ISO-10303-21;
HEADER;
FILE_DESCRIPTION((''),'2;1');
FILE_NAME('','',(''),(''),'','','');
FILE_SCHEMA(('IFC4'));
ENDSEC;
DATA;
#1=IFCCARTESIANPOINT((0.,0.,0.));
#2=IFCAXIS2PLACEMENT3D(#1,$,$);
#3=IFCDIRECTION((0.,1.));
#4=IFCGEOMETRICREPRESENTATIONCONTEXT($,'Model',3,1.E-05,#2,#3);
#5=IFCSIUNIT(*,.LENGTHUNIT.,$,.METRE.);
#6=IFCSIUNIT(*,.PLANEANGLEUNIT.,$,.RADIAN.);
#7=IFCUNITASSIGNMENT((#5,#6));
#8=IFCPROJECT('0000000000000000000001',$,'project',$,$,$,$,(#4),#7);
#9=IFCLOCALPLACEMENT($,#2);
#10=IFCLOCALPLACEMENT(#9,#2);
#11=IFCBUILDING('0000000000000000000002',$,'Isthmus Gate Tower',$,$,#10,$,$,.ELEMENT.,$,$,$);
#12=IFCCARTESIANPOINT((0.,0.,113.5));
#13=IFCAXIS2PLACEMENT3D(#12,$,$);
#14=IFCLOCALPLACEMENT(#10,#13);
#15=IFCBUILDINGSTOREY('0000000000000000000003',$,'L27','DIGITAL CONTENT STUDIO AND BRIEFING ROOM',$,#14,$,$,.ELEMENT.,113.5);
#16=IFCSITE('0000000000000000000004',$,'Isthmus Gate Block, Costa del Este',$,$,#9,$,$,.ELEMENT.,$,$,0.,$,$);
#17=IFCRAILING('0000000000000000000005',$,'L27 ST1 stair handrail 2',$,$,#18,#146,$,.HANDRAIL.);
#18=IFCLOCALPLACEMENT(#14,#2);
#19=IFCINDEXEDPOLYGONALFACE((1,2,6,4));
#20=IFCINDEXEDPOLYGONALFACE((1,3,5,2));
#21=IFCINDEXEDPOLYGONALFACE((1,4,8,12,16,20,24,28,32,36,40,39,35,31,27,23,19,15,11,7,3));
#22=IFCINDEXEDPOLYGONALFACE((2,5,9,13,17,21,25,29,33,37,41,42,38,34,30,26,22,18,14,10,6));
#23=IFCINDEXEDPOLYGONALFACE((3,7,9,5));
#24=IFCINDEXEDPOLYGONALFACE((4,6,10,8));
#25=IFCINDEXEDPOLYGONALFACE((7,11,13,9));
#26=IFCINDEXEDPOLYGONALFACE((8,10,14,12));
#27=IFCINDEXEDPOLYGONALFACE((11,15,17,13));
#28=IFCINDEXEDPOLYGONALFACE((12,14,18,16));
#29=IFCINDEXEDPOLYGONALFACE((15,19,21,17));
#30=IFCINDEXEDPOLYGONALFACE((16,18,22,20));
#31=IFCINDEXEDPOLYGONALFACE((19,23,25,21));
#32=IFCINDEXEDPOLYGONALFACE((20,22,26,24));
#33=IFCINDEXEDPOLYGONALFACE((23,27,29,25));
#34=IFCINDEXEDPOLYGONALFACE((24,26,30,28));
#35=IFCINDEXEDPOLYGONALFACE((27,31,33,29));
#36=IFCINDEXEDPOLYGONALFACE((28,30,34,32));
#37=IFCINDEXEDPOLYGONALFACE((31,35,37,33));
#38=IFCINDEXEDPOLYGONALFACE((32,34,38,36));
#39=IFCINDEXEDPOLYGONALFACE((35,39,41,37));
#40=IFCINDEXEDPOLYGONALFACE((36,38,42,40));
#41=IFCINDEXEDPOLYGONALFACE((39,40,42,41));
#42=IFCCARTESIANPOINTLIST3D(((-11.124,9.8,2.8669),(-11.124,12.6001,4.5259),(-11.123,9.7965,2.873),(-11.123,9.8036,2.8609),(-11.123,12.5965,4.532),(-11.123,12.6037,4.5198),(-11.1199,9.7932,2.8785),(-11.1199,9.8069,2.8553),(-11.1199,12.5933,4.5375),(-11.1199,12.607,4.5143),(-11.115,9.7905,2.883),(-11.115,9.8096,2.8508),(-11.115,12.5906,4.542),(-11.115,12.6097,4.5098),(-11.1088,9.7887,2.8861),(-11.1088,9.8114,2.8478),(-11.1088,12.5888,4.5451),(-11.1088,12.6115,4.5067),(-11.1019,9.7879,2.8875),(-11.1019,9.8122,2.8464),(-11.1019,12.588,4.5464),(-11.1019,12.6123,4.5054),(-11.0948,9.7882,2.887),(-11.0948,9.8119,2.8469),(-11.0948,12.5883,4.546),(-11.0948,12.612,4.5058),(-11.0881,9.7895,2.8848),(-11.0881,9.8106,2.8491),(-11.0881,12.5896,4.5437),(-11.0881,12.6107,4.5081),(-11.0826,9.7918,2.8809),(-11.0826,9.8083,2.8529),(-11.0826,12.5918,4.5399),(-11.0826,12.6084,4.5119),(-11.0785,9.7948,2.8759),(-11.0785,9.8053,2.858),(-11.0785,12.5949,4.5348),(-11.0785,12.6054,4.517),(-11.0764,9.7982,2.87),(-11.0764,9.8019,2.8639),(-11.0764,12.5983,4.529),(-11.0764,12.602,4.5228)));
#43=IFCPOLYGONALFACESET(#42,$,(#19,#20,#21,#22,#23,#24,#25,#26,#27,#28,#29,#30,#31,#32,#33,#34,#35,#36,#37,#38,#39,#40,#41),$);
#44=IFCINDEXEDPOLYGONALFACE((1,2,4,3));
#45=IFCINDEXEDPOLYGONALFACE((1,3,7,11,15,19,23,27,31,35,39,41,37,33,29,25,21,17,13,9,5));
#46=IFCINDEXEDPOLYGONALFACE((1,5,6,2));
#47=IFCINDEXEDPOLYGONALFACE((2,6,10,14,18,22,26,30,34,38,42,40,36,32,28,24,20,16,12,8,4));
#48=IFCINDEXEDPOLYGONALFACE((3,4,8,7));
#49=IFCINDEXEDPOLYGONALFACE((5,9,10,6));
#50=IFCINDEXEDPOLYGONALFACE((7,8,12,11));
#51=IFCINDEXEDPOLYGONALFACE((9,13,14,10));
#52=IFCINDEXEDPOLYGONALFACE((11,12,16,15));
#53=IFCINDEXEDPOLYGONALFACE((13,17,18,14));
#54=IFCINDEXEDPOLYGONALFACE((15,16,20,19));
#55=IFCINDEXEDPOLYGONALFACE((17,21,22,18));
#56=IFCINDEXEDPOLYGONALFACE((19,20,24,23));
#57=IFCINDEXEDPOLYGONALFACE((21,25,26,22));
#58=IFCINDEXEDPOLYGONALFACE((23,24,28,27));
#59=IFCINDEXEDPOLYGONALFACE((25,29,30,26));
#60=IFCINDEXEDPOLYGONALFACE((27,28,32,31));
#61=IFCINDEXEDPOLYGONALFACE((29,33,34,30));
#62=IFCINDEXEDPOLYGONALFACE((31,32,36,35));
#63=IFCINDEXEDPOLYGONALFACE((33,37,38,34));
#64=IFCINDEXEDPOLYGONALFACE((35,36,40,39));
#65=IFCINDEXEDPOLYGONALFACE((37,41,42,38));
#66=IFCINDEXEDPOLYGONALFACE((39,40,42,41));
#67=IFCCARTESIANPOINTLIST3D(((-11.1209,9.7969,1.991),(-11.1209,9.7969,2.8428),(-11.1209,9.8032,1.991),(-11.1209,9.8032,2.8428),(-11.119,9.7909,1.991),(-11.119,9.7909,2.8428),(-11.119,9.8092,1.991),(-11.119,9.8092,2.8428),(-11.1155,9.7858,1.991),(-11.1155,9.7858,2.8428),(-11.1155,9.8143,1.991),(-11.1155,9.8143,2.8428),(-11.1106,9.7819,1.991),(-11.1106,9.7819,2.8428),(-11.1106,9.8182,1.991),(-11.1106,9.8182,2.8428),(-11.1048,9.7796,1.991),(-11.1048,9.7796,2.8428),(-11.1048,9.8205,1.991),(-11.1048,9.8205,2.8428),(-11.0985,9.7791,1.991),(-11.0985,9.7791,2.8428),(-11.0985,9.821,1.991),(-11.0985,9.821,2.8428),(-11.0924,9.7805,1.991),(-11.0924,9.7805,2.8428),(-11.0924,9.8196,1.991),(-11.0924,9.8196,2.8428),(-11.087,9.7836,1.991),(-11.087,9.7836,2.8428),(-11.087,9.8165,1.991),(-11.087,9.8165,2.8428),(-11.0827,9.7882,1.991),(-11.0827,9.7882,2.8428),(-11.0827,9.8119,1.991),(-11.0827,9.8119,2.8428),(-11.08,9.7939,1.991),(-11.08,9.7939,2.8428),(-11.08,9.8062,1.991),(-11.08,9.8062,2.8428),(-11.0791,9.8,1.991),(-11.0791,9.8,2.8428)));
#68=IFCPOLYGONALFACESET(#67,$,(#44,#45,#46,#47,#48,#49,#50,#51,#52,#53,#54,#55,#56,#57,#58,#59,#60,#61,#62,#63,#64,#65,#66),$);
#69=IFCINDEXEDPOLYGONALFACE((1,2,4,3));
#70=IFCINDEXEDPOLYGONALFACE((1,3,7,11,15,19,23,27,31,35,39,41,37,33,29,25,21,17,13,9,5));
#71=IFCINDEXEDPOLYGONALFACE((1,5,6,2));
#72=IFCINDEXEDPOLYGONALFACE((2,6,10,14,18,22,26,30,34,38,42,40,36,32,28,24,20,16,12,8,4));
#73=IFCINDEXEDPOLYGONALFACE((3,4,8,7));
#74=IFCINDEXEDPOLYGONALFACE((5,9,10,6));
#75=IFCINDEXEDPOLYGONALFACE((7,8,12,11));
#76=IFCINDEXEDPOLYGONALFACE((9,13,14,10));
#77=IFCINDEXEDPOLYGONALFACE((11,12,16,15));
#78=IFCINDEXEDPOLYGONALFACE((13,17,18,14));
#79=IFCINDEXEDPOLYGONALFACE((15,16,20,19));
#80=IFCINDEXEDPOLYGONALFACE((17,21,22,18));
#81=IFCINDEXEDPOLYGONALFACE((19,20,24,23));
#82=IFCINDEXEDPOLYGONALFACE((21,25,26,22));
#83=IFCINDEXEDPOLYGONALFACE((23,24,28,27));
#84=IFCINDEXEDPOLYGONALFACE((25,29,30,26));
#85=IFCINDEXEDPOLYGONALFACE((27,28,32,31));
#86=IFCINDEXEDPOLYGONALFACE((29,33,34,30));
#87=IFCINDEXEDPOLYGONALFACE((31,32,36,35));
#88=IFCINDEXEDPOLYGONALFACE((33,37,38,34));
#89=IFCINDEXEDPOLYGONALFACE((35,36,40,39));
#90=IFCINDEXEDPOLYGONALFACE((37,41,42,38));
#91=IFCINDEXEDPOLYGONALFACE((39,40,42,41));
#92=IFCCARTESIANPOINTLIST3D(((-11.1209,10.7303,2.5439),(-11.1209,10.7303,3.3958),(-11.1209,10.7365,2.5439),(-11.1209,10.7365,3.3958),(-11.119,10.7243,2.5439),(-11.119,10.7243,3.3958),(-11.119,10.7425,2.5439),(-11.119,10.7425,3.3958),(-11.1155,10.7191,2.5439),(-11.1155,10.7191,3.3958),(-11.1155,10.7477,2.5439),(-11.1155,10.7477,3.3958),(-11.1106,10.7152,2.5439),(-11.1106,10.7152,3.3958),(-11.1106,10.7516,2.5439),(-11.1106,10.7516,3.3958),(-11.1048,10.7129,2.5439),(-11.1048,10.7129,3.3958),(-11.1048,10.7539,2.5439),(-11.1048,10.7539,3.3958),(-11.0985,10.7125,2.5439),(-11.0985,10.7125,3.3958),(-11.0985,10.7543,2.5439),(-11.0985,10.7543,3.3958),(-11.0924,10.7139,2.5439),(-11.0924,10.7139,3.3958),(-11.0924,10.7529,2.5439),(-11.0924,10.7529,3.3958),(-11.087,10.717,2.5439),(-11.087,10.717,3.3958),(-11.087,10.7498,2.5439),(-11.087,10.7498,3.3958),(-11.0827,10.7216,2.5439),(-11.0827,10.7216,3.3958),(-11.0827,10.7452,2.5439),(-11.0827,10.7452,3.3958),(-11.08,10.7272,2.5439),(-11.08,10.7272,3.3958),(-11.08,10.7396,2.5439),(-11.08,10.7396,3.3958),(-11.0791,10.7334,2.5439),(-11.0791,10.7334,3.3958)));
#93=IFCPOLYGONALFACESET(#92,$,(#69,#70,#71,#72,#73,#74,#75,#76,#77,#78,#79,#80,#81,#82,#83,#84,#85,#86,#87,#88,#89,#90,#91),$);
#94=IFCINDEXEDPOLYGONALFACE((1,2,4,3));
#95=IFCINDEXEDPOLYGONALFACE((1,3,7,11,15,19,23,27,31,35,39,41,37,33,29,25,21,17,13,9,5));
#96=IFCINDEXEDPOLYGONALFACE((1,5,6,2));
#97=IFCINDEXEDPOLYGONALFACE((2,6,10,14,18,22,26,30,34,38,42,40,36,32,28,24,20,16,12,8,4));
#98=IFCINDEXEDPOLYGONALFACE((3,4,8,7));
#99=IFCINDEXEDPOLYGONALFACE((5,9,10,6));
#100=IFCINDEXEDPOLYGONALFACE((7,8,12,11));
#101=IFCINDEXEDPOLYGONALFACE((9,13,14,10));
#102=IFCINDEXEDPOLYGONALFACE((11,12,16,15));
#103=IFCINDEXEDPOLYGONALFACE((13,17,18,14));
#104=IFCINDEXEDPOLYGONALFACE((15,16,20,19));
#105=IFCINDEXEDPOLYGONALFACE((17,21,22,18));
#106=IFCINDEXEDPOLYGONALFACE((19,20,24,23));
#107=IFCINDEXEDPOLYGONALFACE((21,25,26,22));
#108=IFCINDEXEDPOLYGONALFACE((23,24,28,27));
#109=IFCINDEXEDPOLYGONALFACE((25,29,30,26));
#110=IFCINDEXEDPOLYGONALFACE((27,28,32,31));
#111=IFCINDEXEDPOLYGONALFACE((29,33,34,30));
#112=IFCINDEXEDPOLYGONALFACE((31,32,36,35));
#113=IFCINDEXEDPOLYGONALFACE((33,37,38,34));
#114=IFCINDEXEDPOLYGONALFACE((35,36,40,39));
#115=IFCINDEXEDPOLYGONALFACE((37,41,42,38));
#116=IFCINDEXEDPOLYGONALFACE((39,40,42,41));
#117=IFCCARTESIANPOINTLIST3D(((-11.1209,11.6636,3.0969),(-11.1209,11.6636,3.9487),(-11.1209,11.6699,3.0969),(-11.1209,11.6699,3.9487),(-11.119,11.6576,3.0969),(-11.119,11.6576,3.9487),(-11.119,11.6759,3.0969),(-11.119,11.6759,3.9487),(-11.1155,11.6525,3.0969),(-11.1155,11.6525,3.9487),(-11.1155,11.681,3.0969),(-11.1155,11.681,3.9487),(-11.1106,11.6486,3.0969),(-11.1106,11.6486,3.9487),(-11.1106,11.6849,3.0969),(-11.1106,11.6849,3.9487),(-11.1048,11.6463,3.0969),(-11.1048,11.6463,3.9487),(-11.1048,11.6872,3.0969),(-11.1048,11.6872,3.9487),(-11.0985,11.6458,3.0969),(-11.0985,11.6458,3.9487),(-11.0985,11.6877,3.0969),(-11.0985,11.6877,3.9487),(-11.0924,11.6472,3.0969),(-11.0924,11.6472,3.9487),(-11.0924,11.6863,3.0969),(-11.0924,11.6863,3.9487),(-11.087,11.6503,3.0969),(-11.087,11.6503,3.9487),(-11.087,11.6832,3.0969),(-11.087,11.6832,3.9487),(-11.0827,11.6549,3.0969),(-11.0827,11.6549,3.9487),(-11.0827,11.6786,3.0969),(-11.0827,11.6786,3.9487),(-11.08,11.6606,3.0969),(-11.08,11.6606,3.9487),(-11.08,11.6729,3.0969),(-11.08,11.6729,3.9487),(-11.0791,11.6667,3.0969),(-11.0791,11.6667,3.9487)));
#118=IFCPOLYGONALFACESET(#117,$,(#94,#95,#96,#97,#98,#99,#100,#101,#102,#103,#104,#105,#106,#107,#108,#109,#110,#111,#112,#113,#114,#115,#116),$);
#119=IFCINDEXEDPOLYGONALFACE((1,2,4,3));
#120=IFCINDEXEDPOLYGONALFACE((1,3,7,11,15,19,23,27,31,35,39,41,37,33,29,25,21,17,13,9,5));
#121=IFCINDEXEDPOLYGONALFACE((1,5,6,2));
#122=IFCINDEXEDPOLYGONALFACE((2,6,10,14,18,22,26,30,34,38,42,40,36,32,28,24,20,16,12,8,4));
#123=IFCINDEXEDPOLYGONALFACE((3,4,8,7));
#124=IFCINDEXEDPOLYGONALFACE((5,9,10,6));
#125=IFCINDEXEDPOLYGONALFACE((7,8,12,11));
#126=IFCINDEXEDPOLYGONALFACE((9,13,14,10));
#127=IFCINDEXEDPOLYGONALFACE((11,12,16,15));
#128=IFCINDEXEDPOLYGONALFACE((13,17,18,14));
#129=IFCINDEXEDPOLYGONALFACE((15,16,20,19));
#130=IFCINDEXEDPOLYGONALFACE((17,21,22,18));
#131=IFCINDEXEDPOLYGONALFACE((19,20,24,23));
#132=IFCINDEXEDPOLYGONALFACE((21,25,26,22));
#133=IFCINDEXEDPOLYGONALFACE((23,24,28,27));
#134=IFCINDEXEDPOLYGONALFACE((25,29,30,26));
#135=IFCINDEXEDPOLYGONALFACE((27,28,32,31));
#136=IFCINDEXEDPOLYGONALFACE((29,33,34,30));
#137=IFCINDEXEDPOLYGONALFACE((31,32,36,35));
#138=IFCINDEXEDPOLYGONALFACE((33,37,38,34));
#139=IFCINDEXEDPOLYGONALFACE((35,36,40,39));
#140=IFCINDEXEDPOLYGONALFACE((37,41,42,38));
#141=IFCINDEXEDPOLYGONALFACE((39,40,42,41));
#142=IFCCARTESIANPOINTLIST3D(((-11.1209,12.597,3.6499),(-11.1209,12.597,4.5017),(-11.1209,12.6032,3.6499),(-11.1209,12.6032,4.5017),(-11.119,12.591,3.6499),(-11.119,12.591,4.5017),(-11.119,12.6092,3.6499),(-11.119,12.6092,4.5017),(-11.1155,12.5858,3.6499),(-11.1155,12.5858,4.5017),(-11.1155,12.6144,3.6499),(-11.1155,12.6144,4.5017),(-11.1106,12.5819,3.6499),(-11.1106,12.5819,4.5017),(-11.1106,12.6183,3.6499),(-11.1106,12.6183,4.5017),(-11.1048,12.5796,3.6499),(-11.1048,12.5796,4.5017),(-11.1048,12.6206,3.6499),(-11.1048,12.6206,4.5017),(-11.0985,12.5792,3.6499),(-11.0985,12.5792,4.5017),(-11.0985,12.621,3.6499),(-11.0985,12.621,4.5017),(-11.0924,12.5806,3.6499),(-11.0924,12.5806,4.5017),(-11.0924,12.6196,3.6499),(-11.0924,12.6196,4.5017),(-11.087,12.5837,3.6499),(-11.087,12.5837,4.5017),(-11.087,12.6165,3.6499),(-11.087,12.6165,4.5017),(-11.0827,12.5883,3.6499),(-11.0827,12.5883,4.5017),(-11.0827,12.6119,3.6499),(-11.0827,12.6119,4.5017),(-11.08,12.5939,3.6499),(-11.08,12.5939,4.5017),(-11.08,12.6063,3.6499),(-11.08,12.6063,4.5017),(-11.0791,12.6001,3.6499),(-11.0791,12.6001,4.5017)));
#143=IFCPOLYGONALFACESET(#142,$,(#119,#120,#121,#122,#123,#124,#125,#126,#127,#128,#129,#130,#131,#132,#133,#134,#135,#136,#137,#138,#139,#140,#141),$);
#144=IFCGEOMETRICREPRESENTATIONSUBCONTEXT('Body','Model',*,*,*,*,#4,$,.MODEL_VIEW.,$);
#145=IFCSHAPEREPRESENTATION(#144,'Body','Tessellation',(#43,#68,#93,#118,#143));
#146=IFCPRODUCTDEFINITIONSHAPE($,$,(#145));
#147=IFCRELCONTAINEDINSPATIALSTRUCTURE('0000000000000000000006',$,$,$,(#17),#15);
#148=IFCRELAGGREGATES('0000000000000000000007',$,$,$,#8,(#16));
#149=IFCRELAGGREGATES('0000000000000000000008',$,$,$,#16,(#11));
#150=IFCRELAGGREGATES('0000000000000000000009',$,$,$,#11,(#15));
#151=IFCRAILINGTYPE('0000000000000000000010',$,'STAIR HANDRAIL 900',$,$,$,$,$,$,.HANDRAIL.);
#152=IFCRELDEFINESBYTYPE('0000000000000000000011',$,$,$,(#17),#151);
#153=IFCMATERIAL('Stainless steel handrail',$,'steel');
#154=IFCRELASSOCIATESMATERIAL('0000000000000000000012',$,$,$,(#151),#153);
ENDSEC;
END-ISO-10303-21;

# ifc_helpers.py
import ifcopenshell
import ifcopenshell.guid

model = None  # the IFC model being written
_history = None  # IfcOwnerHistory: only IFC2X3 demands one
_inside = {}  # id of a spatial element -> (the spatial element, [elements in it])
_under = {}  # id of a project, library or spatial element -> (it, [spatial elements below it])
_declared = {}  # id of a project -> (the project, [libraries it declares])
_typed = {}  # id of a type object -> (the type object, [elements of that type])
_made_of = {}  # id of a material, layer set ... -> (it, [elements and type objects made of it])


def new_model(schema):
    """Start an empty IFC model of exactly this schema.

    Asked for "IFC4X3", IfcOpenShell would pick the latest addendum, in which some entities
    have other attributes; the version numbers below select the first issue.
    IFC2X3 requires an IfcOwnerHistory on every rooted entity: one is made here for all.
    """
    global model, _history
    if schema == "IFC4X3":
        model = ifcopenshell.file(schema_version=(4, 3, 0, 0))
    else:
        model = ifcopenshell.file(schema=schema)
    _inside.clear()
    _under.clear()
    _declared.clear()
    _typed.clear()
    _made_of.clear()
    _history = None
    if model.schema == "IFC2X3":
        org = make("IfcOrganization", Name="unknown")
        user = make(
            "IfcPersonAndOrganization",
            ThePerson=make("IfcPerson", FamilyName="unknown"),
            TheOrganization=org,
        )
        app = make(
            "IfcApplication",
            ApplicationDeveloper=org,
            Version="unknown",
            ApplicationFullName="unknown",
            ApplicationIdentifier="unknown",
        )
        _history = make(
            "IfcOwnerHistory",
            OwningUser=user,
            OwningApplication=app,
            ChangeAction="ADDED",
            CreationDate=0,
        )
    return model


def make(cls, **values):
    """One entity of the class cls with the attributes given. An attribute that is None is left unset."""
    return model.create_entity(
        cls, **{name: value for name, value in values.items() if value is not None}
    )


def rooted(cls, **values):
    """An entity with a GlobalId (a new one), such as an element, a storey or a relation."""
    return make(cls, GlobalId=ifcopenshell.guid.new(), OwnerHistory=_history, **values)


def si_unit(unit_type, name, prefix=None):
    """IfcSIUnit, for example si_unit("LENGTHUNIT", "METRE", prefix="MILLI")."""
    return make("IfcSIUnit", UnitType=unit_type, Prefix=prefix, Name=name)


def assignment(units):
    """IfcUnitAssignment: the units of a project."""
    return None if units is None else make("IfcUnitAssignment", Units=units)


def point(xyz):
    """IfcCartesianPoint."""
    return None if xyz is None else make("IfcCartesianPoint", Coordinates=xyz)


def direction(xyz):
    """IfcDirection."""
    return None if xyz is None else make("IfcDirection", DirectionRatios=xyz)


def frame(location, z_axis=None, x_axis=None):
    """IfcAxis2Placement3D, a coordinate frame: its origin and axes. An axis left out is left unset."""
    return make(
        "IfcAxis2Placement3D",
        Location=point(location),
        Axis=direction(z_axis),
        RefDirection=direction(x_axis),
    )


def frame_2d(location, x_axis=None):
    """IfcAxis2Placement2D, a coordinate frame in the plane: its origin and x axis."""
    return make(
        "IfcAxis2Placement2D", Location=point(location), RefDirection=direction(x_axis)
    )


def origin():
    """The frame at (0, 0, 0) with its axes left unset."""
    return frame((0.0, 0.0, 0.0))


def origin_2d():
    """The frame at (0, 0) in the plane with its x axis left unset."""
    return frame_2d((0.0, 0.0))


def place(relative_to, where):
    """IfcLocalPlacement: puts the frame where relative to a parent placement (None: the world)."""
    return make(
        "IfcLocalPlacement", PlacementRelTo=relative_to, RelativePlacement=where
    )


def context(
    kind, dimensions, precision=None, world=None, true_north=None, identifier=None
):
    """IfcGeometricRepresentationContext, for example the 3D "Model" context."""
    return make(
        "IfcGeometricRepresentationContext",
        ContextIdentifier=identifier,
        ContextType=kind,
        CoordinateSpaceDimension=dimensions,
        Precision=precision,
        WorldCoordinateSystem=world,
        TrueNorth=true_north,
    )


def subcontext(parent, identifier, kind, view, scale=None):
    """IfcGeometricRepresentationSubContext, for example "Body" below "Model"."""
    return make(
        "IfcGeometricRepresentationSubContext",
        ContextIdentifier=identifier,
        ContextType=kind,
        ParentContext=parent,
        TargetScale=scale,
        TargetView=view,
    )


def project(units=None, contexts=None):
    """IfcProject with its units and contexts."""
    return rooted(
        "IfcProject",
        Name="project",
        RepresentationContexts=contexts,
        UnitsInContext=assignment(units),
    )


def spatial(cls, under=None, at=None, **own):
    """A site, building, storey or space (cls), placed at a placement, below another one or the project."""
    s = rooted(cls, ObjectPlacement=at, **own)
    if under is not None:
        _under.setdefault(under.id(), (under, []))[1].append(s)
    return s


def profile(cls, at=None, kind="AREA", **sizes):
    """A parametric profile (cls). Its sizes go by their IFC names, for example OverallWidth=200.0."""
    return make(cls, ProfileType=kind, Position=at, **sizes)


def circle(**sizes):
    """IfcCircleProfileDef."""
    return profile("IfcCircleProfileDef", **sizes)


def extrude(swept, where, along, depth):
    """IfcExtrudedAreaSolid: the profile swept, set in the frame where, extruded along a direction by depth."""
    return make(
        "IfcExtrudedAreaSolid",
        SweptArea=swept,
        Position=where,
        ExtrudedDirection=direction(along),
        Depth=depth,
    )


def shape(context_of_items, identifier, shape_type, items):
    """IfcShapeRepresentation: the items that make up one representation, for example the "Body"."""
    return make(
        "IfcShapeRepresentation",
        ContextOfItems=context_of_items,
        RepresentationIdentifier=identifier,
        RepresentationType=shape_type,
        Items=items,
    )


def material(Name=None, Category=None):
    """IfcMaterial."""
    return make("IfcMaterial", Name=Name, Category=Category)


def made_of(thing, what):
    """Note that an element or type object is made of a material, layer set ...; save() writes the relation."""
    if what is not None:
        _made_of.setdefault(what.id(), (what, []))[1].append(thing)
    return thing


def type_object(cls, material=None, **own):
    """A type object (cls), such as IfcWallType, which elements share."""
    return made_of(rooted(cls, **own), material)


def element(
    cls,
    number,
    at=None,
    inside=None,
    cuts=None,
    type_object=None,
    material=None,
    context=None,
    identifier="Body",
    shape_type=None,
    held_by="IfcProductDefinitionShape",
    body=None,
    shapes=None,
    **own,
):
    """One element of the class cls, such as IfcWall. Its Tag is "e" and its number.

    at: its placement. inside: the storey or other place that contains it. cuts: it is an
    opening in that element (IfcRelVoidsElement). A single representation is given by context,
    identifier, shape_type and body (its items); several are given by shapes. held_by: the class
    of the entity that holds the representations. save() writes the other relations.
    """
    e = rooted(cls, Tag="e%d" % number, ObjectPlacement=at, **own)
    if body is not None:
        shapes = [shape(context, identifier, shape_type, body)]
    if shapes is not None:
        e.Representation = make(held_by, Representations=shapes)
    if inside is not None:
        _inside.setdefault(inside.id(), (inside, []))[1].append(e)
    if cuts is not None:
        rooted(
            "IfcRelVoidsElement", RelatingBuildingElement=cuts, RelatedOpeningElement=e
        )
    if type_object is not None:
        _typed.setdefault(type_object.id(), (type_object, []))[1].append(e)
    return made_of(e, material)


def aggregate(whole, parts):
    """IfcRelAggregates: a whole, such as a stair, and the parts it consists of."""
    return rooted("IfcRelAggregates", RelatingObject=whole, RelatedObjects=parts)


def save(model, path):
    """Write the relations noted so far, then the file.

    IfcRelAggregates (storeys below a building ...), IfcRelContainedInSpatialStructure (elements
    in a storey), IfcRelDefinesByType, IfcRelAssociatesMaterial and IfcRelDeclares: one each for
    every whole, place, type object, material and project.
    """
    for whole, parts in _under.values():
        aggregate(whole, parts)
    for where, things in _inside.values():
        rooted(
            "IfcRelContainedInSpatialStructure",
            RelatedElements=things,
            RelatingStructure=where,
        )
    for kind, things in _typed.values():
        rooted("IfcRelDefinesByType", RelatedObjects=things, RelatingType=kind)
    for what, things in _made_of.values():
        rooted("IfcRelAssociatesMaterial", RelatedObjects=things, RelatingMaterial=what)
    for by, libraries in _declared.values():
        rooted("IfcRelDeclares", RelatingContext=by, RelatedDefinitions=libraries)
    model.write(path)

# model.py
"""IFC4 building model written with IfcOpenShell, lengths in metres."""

from ifc_helpers import new_model, si_unit, direction, frame, origin, origin_2d, place, context, subcontext, project, spatial, circle, extrude, material, type_object, element, save


model = new_model("IFC4")

# Units and contexts
model_context = context("Model", 3, precision=1e-05, world=origin(), true_north=direction((0.0, 1.0)))
body_context = subcontext(model_context, "Body", "Model", "MODEL_VIEW")
ifc_project = project(units=[si_unit("LENGTHUNIT", "METRE"), si_unit("PLANEANGLEUNIT", "RADIAN")], contexts=[model_context])

# Site, building, storey
site_placement = place(None, origin())
site = spatial("IfcSite", under=ifc_project, at=site_placement, Name="Isthmus Gate Block, Costa del Este", CompositionType="ELEMENT", RefElevation=0.0)
building_placement = place(site_placement, origin())
building = spatial("IfcBuilding", under=site, at=building_placement, Name="Isthmus Gate Tower", CompositionType="ELEMENT")
storey_placement = place(building_placement, frame((0.0, 0.0, 113.5)))
storey = spatial("IfcBuildingStorey", under=building, at=storey_placement, Name="L27", Description="DIGITAL CONTENT STUDIO AND BRIEFING ROOM", CompositionType="ELEMENT", Elevation=113.5)

# Railing
ifc_material_1 = material(Name="Stainless steel handrail", Category="steel")
railing_type_1 = type_object("IfcRailingType", Name="STAIR HANDRAIL 900", PredefinedType="HANDRAIL", material=ifc_material_1)
railing_1_placement = place(storey_placement, frame((-11.1001, 9.8, 1.991)))
element("IfcRailing", 1, at=railing_1_placement, inside=storey, type_object=railing_type_1, Name="L27 ST1 stair handrail 2", PredefinedType="HANDRAIL", context=body_context, shape_type="SweptSolid", body=[
    extrude(circle(Radius=0.0239, at=origin_2d()), frame((0.0, 0.0, 0.876), z_axis=(0.0, 0.860339, 0.509722), x_axis=(-1.0, 0.0, 0.0)), (0.0, 0.0, 1.0), 3.2546),
    extrude(circle(Radius=0.021, at=origin_2d()), origin(), (0.0, 0.0, 1.0), 0.8518),
    extrude(circle(Radius=0.021, at=origin_2d()), frame((0.0, 0.9333, 0.553)), (0.0, 0.0, 1.0), 0.8518),
    extrude(circle(Radius=0.021, at=origin_2d()), frame((0.0, 1.8667, 1.106)), (0.0, 0.0, 1.0), 0.8518),
    extrude(circle(Radius=0.021, at=origin_2d()), frame((0.0, 2.8, 1.6589)), (0.0, 0.0, 1.0), 0.8518),
])

save(model, "model.ifc")
